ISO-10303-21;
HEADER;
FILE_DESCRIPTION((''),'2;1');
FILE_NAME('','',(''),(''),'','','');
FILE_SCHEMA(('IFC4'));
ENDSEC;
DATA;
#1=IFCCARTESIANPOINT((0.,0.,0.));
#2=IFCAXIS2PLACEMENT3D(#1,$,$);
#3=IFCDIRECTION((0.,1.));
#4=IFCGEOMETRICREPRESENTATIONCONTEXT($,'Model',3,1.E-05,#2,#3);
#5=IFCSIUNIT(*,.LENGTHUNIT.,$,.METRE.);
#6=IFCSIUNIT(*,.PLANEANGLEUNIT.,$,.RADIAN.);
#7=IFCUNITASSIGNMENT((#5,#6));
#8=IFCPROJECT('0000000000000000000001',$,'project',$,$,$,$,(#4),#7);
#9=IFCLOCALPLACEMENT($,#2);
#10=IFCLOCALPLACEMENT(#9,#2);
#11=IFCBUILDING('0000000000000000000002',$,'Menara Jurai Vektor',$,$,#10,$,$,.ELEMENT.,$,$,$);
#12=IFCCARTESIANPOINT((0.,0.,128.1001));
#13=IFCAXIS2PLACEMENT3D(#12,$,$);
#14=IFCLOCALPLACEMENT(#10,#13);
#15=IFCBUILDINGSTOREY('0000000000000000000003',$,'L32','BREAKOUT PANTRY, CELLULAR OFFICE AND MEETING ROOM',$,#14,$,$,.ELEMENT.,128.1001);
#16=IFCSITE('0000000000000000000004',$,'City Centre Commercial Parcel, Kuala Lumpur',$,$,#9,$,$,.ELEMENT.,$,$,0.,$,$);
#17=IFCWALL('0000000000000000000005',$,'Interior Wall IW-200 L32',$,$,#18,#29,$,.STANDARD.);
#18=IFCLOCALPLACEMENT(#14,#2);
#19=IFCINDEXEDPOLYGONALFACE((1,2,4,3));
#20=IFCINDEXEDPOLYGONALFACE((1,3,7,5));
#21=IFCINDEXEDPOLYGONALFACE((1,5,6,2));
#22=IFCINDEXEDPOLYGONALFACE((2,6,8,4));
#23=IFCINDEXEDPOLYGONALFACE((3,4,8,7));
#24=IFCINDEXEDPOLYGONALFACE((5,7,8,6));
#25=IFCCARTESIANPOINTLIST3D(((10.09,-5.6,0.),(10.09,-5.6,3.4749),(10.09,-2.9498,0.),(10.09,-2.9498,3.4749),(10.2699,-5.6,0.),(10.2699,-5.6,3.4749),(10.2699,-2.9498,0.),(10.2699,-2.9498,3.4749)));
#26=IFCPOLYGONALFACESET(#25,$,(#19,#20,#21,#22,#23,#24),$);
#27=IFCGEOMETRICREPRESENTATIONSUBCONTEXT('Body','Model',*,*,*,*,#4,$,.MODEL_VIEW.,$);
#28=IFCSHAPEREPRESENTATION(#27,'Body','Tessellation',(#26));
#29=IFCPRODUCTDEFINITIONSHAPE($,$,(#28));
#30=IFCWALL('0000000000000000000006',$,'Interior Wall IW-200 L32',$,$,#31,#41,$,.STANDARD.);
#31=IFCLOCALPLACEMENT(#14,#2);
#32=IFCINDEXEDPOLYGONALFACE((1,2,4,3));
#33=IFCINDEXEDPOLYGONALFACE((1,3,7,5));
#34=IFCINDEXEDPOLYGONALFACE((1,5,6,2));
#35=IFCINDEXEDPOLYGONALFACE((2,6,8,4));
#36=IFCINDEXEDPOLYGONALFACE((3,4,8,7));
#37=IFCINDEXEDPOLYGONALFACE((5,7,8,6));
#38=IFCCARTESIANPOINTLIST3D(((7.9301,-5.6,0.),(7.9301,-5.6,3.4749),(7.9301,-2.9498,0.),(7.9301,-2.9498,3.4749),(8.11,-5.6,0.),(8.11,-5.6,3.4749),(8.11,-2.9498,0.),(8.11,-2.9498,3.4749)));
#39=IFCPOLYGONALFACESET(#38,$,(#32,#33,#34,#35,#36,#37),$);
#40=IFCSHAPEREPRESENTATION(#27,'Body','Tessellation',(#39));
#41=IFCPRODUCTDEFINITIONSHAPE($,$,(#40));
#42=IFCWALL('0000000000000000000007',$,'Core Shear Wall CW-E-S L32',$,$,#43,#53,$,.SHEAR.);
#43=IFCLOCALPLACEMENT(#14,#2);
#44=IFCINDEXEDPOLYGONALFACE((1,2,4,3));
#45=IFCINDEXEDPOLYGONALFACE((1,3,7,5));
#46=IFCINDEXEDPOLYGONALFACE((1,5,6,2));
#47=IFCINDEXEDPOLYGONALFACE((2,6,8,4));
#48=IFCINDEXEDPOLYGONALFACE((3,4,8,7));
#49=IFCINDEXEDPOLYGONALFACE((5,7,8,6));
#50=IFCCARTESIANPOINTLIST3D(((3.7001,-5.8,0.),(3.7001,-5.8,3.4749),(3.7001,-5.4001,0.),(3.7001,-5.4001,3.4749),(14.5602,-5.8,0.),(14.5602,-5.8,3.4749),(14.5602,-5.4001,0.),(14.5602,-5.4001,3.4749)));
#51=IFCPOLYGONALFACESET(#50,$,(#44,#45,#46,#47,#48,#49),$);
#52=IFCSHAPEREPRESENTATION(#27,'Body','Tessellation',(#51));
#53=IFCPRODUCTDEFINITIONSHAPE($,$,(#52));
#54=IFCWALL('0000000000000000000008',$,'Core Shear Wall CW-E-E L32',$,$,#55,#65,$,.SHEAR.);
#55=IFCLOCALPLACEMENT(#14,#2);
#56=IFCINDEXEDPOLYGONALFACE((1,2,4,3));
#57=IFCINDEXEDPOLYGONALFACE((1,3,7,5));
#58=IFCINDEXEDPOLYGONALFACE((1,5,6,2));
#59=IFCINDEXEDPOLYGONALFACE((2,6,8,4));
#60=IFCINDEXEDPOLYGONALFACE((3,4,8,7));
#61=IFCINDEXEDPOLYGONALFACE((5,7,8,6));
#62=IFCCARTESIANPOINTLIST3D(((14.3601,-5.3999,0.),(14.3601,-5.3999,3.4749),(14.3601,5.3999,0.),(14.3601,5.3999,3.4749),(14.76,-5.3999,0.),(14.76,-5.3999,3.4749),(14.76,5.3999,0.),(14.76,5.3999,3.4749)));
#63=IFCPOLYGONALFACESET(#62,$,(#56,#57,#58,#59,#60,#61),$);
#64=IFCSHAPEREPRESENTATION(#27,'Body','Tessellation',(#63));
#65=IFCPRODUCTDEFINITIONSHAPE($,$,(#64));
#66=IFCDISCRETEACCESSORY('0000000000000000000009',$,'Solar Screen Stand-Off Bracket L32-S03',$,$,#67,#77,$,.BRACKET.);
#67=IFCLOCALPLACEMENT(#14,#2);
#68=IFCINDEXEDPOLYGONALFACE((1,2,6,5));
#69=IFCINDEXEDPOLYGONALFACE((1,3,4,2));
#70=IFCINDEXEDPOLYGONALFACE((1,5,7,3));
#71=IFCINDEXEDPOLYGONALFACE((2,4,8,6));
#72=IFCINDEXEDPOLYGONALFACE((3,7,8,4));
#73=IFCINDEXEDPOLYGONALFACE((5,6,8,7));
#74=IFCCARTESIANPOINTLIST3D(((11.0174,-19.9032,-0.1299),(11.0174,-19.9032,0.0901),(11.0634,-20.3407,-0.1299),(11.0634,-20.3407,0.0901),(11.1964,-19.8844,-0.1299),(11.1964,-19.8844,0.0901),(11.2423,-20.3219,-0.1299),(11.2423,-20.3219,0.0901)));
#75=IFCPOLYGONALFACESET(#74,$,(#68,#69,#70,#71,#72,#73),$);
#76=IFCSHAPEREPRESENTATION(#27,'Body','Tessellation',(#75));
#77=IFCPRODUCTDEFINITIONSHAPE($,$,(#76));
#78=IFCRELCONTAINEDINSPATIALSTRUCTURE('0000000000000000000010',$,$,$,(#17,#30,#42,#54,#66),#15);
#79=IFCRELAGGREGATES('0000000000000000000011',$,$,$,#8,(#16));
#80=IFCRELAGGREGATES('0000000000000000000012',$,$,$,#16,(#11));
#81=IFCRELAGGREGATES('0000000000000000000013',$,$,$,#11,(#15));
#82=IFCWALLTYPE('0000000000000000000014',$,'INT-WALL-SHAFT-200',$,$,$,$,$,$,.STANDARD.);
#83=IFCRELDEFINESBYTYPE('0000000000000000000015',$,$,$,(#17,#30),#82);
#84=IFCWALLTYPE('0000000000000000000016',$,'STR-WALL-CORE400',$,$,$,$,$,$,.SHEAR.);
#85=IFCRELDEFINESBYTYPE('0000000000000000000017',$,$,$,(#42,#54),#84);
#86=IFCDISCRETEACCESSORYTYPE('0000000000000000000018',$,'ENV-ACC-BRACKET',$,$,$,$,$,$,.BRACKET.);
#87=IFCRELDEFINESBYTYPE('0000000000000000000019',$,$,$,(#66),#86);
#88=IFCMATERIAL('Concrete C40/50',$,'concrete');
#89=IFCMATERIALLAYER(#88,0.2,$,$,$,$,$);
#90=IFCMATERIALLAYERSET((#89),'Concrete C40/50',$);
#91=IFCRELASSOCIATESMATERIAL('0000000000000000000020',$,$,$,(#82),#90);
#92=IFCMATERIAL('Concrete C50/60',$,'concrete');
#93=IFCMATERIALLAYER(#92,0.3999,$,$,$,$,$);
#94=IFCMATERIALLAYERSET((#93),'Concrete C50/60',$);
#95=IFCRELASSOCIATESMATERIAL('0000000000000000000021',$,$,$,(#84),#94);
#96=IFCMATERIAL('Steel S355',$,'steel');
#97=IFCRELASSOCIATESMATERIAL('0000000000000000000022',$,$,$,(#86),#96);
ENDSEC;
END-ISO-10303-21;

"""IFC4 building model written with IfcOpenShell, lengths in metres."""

from ifc_helpers import new_model, si_unit, direction, frame, frame_2d, origin, origin_2d, place, context, subcontext, project, spatial, rectangle, extrude, material, layer, layer_set, type_object, element, save


model = new_model("IFC4")

# Units and contexts
model_context = context("Model", 3, precision=1e-05, world=origin(), true_north=direction((0.0, 1.0)))
body_context = subcontext(model_context, "Body", "Model", "MODEL_VIEW")
ifc_project = project(units=[si_unit("LENGTHUNIT", "METRE"), si_unit("PLANEANGLEUNIT", "RADIAN")], contexts=[model_context])

# Site, building, storey
site_placement = place(None, origin())
site = spatial("IfcSite", under=ifc_project, at=site_placement, Name="City Centre Commercial Parcel, Kuala Lumpur", CompositionType="ELEMENT", RefElevation=0.0)
building_placement = place(site_placement, origin())
building = spatial("IfcBuilding", under=site, at=building_placement, Name="Menara Jurai Vektor", CompositionType="ELEMENT")
storey_placement = place(building_placement, frame((0.0, 0.0, 128.1001)))
storey = spatial("IfcBuildingStorey", under=building, at=storey_placement, Name="L32", Description="BREAKOUT PANTRY, CELLULAR OFFICE AND MEETING ROOM", CompositionType="ELEMENT", Elevation=128.1001)

# Shared definitions
ifc_material_1 = material(Name="Concrete C50/60", Category="concrete")

# Shared definitions
ifc_material_2 = material(Name="Steel S355", Category="steel")

# Walls
ifc_material_3 = material(Name="Concrete C40/50", Category="concrete")
ifc_layer_1 = layer(ifc_material_3, 0.2)
ifc_layer_set_1 = layer_set([ifc_layer_1], Name="Concrete C40/50")
wall_type_1 = type_object("IfcWallType", Name="INT-WALL-SHAFT-200", PredefinedType="STANDARD", material=ifc_layer_set_1)
for number, where, z_axis, x_axis, name in (
    (1, (10.1799, -5.6001, 0.0), (0.0, 0.0, 1.0), (0.0, 1.0, 0.0), "Interior Wall IW-200 L32"),
    (2, (8.02, -5.6001, 0.0), (0.0, 0.0, 1.0), (0.0, 1.0, 0.0), "Interior Wall IW-200 L32"),
):
    element("IfcWall", number, at=place(storey_placement, frame(where, z_axis=z_axis, x_axis=x_axis)), inside=storey, type_object=wall_type_1, Name=name, PredefinedType="STANDARD", context=body_context, shape_type="SweptSolid", body=[
        extrude(rectangle(XDim=2.6501, YDim=0.1799, at=frame_2d((1.3252, 0.0))), origin(), (0.0, 0.0, 1.0), 3.4749),
    ])
ifc_layer_2 = layer(ifc_material_1, 0.3999)
ifc_layer_set_2 = layer_set([ifc_layer_2], Name="Concrete C50/60")
wall_type_2 = type_object("IfcWallType", Name="STR-WALL-CORE400", PredefinedType="SHEAR", material=ifc_layer_set_2)
wall_1_placement = place(storey_placement, frame((3.7, -5.6001, 0.0), z_axis=(0.0, 0.0, 1.0), x_axis=(1.0, 0.0, 0.0)))
element("IfcWall", 3, at=wall_1_placement, inside=storey, type_object=wall_type_2, Name="Core Shear Wall CW-E-S L32", PredefinedType="SHEAR", context=body_context, shape_type="SweptSolid", body=[
    extrude(rectangle(XDim=10.8601, YDim=0.3999, at=frame_2d((5.4302, 0.0))), origin(), (0.0, 0.0, 1.0), 3.4749),
])
wall_2_placement = place(storey_placement, frame((14.5601, -5.3999, 0.0), z_axis=(0.0, 0.0, 1.0), x_axis=(0.0, 1.0, 0.0)))
element("IfcWall", 4, at=wall_2_placement, inside=storey, type_object=wall_type_2, Name="Core Shear Wall CW-E-E L32", PredefinedType="SHEAR", context=body_context, shape_type="SweptSolid", body=[
    extrude(rectangle(XDim=10.7998, YDim=0.3999, at=frame_2d((5.3999, 0.0))), origin(), (0.0, 0.0, 1.0), 3.4749),
])

# Discrete accessory
discrete_accessory_type = type_object("IfcDiscreteAccessoryType", Name="ENV-ACC-BRACKET", PredefinedType="BRACKET", material=ifc_material_2)
discrete_accessory_placement = place(storey_placement, frame((11.1299, -20.1125, -0.1299), z_axis=(0.0, 0.0, 1.0), x_axis=(0.994522, 0.104528, 0.0)))
element("IfcDiscreteAccessory", 5, at=discrete_accessory_placement, inside=storey, type_object=discrete_accessory_type, Name="Solar Screen Stand-Off Bracket L32-S03", PredefinedType="BRACKET", context=body_context, shape_type="SweptSolid", body=[
    extrude(rectangle(XDim=0.1799, YDim=0.4399, at=origin_2d()), origin(), (0.0, 0.0, 1.0), 0.22),
])

save(model, "model.ifc")
